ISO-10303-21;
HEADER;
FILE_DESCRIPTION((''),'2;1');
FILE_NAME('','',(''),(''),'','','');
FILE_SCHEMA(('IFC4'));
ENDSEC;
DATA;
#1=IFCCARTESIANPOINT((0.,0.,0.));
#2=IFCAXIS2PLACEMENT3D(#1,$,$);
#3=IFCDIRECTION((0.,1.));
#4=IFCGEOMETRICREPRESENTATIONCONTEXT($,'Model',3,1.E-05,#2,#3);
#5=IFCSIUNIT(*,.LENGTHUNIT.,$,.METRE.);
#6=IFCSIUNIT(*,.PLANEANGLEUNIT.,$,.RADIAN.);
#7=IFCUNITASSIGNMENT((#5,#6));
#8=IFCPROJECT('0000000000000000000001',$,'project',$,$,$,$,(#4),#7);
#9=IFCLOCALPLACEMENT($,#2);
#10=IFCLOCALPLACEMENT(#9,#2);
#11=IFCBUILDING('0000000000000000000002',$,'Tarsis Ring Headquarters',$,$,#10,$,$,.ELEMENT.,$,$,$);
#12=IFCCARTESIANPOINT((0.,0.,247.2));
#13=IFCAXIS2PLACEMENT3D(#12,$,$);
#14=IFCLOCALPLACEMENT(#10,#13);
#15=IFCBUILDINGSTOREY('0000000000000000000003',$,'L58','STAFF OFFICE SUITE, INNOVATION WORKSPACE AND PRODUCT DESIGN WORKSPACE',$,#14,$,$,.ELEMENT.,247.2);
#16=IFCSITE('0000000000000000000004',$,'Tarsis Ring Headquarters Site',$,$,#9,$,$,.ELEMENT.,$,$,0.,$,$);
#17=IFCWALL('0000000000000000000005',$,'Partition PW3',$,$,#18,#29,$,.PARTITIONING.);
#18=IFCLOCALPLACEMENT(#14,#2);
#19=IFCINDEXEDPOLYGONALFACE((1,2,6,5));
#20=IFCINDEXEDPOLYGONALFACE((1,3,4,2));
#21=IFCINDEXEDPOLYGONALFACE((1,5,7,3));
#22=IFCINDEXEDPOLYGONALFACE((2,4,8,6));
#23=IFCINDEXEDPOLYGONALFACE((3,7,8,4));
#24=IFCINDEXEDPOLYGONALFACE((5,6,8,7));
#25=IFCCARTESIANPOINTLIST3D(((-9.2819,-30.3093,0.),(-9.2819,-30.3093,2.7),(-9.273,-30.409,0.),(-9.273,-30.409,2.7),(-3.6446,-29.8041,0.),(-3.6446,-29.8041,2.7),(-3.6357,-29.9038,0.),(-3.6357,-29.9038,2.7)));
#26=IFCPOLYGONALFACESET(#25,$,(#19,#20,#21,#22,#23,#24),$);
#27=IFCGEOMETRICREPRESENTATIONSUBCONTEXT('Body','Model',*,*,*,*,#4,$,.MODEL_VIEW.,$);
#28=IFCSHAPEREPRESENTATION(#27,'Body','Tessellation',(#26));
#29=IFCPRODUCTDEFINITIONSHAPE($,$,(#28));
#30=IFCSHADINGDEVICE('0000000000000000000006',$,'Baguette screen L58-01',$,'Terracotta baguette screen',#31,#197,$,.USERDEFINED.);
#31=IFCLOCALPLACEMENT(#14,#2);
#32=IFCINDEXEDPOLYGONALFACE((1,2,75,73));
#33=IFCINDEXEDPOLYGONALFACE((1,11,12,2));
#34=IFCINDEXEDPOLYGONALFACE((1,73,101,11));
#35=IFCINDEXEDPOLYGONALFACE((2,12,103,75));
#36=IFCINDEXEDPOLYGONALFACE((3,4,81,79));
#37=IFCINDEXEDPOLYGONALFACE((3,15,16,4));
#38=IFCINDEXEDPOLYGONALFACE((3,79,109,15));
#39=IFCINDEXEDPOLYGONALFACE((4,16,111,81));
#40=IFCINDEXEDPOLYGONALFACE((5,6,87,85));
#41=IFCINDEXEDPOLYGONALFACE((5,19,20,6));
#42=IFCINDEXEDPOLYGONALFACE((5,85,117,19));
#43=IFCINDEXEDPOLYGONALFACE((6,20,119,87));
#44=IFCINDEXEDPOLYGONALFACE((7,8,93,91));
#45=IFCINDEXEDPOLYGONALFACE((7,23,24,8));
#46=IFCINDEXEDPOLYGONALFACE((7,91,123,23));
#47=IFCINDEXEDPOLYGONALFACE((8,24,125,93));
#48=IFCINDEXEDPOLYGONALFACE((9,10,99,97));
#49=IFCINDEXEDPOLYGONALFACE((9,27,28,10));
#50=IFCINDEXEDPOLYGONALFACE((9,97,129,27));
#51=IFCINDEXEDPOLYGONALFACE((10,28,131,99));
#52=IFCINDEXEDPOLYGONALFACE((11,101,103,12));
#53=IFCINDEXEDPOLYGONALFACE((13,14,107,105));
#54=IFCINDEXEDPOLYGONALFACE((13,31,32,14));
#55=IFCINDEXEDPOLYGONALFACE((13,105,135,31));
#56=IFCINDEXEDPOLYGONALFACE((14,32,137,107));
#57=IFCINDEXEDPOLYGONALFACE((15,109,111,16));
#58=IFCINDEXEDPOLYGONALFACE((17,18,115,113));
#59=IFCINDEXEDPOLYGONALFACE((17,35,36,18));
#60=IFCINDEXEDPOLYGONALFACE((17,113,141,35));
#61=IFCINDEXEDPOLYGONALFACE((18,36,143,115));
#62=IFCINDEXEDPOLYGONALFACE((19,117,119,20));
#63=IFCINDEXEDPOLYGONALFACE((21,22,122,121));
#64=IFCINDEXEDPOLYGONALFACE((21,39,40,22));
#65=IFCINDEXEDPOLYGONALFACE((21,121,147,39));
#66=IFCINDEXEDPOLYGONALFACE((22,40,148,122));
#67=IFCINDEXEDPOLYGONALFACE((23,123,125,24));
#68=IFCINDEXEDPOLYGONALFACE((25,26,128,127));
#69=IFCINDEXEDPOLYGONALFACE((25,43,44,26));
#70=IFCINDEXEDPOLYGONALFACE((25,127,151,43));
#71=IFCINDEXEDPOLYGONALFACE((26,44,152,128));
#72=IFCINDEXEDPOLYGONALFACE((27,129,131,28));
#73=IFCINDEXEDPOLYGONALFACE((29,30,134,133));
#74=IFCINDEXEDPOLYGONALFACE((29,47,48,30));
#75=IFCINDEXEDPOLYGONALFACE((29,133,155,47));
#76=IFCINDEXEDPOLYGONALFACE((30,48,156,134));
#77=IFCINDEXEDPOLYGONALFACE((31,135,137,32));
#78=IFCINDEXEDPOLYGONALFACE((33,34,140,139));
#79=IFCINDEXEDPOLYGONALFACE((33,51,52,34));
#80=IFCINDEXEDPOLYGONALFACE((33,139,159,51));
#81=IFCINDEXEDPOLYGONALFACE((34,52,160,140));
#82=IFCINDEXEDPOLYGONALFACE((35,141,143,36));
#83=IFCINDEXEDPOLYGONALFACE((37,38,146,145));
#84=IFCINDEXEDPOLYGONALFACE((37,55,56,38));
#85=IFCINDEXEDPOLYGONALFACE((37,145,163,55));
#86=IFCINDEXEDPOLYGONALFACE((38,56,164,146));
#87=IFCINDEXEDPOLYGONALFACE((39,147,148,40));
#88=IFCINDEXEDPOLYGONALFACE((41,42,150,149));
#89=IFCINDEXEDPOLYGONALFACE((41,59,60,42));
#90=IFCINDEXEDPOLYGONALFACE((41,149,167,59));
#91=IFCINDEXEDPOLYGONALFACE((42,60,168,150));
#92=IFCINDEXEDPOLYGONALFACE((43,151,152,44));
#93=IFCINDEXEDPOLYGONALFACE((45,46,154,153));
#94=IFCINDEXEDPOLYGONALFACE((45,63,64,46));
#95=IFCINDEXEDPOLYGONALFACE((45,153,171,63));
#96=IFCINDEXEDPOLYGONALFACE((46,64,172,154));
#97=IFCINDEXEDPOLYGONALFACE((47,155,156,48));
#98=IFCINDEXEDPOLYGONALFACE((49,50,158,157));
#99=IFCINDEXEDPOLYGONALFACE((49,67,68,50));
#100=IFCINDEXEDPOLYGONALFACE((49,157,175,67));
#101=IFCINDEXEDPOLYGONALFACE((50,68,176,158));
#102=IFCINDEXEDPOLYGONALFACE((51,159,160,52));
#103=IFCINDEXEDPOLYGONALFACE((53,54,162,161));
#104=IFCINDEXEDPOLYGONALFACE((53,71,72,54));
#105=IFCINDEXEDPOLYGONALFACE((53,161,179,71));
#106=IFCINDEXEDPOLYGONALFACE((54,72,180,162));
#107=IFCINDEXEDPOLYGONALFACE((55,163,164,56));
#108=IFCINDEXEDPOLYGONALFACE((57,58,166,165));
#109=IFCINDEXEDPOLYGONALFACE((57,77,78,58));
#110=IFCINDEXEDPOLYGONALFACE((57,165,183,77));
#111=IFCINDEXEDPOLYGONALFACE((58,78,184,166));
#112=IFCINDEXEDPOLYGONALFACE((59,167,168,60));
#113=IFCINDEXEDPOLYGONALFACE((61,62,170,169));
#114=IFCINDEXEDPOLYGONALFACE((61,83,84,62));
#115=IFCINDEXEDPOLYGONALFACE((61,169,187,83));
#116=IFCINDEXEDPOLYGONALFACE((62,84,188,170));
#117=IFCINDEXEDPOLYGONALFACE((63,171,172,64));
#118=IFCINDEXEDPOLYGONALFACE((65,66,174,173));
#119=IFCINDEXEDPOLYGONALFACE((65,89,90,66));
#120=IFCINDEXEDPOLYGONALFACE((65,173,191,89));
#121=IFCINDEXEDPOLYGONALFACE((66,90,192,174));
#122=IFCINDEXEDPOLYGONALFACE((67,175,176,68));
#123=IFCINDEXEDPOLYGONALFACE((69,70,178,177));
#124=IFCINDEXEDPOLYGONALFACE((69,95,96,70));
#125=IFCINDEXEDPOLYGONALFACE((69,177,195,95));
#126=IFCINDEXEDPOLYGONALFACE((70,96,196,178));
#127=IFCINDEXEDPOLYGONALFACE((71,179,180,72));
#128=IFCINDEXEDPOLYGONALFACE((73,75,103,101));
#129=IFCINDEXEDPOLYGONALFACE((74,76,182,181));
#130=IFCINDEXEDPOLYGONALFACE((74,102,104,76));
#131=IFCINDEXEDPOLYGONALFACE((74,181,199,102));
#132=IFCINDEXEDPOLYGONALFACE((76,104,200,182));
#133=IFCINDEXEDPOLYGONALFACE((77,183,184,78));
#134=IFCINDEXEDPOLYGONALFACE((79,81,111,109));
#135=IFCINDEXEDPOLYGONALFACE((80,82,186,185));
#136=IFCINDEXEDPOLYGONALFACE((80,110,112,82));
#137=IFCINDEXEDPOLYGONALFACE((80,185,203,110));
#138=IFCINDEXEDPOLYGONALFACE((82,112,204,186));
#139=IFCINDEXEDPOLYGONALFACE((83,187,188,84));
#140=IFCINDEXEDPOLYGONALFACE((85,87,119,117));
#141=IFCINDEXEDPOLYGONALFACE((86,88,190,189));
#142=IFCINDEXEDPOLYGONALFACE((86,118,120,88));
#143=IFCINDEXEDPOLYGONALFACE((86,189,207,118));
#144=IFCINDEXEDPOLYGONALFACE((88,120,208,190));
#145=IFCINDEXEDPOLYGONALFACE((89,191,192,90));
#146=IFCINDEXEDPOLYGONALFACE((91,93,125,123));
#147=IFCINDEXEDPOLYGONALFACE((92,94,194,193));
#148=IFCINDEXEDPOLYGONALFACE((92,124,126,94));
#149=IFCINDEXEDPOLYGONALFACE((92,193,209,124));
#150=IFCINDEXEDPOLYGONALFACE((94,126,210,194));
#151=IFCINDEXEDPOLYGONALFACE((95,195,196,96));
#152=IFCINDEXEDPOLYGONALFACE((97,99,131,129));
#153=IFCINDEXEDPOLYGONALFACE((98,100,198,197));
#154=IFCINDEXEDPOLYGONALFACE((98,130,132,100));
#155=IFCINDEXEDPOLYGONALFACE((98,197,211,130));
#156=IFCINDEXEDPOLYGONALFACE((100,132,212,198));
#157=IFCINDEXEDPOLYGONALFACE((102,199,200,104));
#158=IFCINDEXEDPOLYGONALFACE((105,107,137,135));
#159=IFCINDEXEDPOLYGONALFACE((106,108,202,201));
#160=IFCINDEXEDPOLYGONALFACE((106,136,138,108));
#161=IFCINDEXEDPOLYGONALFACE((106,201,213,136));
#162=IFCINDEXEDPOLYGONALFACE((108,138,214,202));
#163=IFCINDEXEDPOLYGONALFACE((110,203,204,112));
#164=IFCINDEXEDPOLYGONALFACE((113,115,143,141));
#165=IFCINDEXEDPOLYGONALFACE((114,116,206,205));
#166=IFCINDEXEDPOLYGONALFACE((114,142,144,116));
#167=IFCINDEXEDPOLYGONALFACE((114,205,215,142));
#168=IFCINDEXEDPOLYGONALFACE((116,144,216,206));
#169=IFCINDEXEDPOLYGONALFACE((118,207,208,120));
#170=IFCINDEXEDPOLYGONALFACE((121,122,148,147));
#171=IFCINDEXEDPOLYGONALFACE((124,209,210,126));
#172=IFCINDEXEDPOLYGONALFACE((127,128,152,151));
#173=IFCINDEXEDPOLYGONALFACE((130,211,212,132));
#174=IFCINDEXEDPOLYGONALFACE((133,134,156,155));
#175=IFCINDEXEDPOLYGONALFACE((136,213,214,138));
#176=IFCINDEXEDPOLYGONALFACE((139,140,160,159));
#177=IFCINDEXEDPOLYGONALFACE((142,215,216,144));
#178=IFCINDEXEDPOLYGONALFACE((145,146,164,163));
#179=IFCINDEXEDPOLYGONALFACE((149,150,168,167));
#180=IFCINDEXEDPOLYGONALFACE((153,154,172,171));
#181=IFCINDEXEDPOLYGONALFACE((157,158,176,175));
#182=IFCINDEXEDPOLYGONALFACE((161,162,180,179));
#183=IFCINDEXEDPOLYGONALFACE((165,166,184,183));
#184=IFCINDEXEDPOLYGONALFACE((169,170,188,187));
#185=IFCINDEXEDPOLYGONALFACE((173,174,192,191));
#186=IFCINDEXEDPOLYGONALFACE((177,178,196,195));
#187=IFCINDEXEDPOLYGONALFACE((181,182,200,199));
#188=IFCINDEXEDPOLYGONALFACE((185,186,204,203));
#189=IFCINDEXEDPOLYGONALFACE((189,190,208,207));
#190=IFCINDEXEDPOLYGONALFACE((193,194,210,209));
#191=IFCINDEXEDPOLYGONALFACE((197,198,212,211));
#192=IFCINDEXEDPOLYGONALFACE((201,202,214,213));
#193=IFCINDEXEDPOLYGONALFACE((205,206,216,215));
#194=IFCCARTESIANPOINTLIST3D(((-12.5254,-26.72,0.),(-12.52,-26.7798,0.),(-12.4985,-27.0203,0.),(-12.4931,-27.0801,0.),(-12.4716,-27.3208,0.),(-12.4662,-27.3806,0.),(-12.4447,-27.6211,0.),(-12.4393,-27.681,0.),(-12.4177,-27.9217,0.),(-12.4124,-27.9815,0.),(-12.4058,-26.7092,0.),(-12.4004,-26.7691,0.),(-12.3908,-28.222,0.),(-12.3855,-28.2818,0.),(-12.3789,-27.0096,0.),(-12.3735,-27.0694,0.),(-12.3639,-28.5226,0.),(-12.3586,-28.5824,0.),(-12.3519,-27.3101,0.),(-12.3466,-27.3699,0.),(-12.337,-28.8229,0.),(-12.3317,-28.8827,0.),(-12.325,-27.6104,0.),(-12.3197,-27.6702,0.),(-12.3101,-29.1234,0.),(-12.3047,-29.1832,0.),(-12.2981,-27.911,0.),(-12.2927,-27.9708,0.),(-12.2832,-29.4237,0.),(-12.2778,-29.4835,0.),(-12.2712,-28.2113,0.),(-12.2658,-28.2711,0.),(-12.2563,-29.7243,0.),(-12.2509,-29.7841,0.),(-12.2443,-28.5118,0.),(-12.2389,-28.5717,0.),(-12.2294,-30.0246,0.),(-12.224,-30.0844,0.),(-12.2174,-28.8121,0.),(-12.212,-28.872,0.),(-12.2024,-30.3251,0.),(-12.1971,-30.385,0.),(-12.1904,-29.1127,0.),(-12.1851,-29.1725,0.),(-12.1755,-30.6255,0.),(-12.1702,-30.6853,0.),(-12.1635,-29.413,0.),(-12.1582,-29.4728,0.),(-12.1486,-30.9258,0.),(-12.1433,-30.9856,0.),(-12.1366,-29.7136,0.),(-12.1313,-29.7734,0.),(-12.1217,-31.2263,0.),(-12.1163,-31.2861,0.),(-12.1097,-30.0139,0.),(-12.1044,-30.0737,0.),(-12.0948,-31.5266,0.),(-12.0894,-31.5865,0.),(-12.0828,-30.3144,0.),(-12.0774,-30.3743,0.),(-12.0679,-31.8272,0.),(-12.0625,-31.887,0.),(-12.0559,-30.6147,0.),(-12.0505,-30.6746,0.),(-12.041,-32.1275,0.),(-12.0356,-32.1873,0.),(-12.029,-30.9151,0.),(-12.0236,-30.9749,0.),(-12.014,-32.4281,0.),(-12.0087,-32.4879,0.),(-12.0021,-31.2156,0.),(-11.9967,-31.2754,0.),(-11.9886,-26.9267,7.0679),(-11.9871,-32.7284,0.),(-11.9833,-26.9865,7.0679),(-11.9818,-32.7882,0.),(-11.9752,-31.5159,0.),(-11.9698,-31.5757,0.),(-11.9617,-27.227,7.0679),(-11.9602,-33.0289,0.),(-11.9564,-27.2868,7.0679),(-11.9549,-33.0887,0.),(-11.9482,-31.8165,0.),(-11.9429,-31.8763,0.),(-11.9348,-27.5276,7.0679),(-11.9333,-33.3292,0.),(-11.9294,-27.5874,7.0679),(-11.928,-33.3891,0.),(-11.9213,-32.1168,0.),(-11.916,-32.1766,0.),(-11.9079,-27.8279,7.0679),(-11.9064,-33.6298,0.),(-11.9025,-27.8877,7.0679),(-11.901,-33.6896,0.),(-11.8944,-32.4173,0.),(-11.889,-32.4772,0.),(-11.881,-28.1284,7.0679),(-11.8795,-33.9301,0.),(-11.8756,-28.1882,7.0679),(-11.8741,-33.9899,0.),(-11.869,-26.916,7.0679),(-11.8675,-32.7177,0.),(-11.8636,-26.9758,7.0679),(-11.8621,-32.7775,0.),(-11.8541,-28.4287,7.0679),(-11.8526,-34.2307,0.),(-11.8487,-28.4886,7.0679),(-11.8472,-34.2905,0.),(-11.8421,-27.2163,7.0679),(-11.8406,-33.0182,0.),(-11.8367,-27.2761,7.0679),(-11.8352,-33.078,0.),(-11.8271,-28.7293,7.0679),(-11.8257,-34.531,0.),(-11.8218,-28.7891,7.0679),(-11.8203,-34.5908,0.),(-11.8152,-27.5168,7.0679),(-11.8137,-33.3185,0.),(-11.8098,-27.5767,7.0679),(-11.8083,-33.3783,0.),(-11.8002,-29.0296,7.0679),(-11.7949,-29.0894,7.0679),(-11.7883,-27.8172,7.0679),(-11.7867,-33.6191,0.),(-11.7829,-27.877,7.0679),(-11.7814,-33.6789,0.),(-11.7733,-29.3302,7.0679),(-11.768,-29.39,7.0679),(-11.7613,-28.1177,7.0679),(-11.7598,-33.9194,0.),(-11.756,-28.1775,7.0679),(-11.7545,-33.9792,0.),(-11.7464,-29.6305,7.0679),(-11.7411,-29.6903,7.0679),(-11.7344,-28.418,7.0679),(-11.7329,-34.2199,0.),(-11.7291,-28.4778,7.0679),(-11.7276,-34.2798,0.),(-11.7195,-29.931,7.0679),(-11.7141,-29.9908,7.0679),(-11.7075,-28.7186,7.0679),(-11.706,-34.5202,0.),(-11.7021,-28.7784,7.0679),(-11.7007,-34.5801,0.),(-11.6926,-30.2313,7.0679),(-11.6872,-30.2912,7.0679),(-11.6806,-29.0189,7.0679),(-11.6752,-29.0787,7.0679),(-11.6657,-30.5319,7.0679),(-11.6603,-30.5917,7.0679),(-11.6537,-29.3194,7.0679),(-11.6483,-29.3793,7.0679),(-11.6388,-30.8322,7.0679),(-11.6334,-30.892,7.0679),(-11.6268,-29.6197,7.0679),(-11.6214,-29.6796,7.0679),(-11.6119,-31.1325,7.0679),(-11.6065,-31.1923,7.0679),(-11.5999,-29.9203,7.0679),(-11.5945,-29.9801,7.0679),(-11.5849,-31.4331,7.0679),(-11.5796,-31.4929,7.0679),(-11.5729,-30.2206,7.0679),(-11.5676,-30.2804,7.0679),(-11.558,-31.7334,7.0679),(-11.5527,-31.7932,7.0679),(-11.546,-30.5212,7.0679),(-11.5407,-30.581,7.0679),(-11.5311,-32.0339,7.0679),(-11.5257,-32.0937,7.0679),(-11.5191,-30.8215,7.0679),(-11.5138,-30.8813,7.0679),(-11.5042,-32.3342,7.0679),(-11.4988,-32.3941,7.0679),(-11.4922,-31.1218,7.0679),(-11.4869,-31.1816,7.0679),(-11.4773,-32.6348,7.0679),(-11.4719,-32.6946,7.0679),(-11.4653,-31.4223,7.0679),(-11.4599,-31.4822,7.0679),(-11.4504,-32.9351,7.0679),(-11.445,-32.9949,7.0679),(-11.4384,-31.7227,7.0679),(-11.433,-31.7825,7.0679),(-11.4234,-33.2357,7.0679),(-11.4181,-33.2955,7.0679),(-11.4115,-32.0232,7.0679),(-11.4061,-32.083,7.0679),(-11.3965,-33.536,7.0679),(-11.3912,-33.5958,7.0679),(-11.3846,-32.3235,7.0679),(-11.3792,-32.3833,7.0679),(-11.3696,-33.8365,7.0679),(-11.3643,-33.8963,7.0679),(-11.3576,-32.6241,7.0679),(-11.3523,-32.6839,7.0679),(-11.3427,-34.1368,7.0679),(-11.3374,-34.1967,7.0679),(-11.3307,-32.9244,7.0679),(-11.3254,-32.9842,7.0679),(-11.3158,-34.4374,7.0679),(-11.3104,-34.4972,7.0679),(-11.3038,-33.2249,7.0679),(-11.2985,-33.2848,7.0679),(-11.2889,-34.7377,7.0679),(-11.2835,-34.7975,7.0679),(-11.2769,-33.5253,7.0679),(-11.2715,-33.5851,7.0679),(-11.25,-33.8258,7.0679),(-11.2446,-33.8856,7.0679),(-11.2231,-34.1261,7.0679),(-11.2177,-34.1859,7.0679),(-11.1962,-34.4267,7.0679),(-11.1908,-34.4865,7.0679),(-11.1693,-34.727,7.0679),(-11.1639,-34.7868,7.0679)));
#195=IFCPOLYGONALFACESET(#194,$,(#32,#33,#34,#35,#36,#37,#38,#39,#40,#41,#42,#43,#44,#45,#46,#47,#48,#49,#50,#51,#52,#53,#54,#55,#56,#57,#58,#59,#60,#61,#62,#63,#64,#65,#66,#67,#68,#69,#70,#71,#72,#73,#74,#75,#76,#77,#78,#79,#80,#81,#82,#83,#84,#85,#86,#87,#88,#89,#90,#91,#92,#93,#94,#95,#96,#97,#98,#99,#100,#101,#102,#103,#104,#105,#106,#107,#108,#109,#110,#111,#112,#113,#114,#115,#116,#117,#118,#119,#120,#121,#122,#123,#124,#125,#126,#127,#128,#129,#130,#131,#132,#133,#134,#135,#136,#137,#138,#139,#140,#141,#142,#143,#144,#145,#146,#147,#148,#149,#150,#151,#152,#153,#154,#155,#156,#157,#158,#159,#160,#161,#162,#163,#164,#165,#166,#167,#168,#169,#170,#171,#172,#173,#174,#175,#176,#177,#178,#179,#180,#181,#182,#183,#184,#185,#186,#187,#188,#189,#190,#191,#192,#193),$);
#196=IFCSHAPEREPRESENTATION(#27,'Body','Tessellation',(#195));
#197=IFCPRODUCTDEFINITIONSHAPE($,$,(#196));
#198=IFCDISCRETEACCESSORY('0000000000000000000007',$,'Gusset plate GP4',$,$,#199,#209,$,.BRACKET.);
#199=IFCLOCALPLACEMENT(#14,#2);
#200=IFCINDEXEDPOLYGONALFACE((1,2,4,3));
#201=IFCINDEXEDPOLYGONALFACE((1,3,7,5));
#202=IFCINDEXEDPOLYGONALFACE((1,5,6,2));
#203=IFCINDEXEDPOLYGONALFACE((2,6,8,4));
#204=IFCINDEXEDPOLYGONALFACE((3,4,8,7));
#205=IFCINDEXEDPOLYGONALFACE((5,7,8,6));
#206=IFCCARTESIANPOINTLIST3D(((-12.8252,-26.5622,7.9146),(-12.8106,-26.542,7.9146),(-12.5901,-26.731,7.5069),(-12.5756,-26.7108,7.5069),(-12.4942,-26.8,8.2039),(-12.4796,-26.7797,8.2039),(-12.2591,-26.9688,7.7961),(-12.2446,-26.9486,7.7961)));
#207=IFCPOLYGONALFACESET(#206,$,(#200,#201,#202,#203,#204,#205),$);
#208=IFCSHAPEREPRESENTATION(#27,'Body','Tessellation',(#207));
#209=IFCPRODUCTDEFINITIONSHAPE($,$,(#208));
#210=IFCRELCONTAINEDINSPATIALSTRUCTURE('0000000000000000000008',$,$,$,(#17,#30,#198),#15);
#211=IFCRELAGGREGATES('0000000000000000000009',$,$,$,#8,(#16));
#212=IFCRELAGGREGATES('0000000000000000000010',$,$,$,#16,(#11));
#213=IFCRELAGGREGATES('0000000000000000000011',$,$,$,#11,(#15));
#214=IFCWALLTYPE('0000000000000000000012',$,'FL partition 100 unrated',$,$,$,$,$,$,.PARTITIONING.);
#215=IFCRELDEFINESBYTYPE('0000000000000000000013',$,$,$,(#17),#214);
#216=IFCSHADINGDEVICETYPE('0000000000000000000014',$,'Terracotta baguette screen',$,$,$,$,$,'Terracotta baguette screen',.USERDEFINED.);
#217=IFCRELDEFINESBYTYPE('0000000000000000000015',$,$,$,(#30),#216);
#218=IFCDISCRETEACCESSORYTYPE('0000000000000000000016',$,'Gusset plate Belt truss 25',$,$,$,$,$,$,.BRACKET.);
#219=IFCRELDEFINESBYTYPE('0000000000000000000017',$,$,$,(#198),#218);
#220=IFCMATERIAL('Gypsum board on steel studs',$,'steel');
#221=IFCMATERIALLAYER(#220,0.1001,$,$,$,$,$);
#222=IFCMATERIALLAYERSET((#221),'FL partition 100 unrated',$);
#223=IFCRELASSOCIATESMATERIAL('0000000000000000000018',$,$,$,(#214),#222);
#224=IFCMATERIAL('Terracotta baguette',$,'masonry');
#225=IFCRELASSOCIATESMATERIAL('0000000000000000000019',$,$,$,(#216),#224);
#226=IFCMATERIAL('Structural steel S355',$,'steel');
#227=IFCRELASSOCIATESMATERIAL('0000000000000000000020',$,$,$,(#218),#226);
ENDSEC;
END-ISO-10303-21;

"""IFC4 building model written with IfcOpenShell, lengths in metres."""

from ifc_helpers import new_model, si_unit, direction, frame, frame_2d, origin, origin_2d, place, context, subcontext, project, spatial, rectangle, composite_profile, extrude, material, layer, layer_set, material_profile, profile_set, type_object, element, save


model = new_model("IFC4")

# Units and contexts
model_context = context("Model", 3, precision=1e-05, world=origin(), true_north=direction((0.0, 1.0)))
body_context = subcontext(model_context, "Body", "Model", "MODEL_VIEW")
ifc_project = project(units=[si_unit("LENGTHUNIT", "METRE"), si_unit("PLANEANGLEUNIT", "RADIAN")], contexts=[model_context])

# Site, building, storey
site_placement = place(None, origin())
site = spatial("IfcSite", under=ifc_project, at=site_placement, Name="Tarsis Ring Headquarters Site", CompositionType="ELEMENT", RefElevation=0.0)
building_placement = place(site_placement, origin())
building = spatial("IfcBuilding", under=site, at=building_placement, Name="Tarsis Ring Headquarters", CompositionType="ELEMENT")
storey_placement = place(building_placement, frame((0.0, 0.0, 247.2)))
storey = spatial("IfcBuildingStorey", under=building, at=storey_placement, Name="L58", Description="STAFF OFFICE SUITE, INNOVATION WORKSPACE AND PRODUCT DESIGN WORKSPACE", CompositionType="ELEMENT", Elevation=247.2)

# Shared definitions
ifc_material_1 = material(Name="Structural steel S355", Category="steel")

# Wall
ifc_material_2 = material(Name="Gypsum board on steel studs", Category="steel")
ifc_layer_1 = layer(ifc_material_2, 0.1001)
ifc_layer_set_1 = layer_set([ifc_layer_1], Name="FL partition 100 unrated")
wall_type = type_object("IfcWallType", Name="FL partition 100 unrated", PredefinedType="PARTITIONING", material=ifc_layer_set_1)
wall_placement = place(storey_placement, frame((-9.2776, -30.3591, 0.0), z_axis=(0.0, 0.0, 1.0), x_axis=(0.996009, 0.089248, 0.0)))
element("IfcWall", 1, at=wall_placement, inside=storey, type_object=wall_type, Name="Partition PW3", PredefinedType="PARTITIONING", context=body_context, shape_type="SweptSolid", body=[
    extrude(rectangle(XDim=5.6599, YDim=0.1001, at=frame_2d((2.8301, 0.0))), origin(), (0.0, 0.0, 1.0), 2.7),
])

# Shading device
ifc_material_3 = material(Name="Terracotta baguette", Category="masonry")
shading_device_type = type_object("IfcShadingDeviceType", Name="Terracotta baguette screen", ElementType="Terracotta baguette screen", PredefinedType="USERDEFINED", material=ifc_material_3)
shading_device_placement = place(storey_placement, frame((-12.4656, -26.7146, 0.0), z_axis=(0.0, 0.0, 1.0), x_axis=(0.089227, -0.996014, 0.0)))
element("IfcShadingDevice", 2, at=shading_device_placement, inside=storey, type_object=shading_device_type, Name="Baguette screen L58-01", ObjectType="Terracotta baguette screen", PredefinedType="USERDEFINED", context=body_context, shape_type="SweptSolid", body=[
    extrude(composite_profile([rectangle(XDim=0.0601, YDim=0.1201, at=frame_2d((0.03, 0.0))), rectangle(XDim=0.0601, YDim=0.1201, at=frame_2d((0.3315, 0.0))), rectangle(XDim=0.0601, YDim=0.1201, at=frame_2d((0.6333, 0.0))), rectangle(XDim=0.0601, YDim=0.1201, at=frame_2d((0.9348, 0.0))), rectangle(XDim=0.0601, YDim=0.1201, at=frame_2d((1.2366, 0.0))), rectangle(XDim=0.0601, YDim=0.1201, at=frame_2d((1.5381, 0.0))), rectangle(XDim=0.0601, YDim=0.1201, at=frame_2d((1.8398, 0.0))), rectangle(XDim=0.0601, YDim=0.1201, at=frame_2d((2.1414, 0.0))), rectangle(XDim=0.0601, YDim=0.1201, at=frame_2d((2.4431, 0.0))), rectangle(XDim=0.0601, YDim=0.1201, at=frame_2d((2.7446, 0.0))), rectangle(XDim=0.0601, YDim=0.1201, at=frame_2d((3.0464, 0.0))), rectangle(XDim=0.0601, YDim=0.1201, at=frame_2d((3.3479, 0.0))), rectangle(XDim=0.0601, YDim=0.1201, at=frame_2d((3.6497, 0.0))), rectangle(XDim=0.0601, YDim=0.1201, at=frame_2d((3.9512, 0.0))), rectangle(XDim=0.0601, YDim=0.1201, at=frame_2d((4.2527, 0.0))), rectangle(XDim=0.0601, YDim=0.1201, at=frame_2d((4.5544, 0.0))), rectangle(XDim=0.0601, YDim=0.1201, at=frame_2d((4.856, 0.0))), rectangle(XDim=0.0601, YDim=0.1201, at=frame_2d((5.1577, 0.0))), rectangle(XDim=0.0601, YDim=0.1201, at=frame_2d((5.4592, 0.0))), rectangle(XDim=0.0601, YDim=0.1201, at=frame_2d((5.761, 0.0))), rectangle(XDim=0.0601, YDim=0.1201, at=frame_2d((6.0625, 0.0))), rectangle(XDim=0.0601, YDim=0.1201, at=frame_2d((6.3643, 0.0))), rectangle(XDim=0.0601, YDim=0.1201, at=frame_2d((6.6658, 0.0))), rectangle(XDim=0.0601, YDim=0.1201, at=frame_2d((6.9675, 0.0))), rectangle(XDim=0.0601, YDim=0.1201, at=frame_2d((7.269, 0.0))), rectangle(XDim=0.0601, YDim=0.1201, at=frame_2d((7.5708, 0.0))), rectangle(XDim=0.0601, YDim=0.1201, at=frame_2d((7.8723, 0.0)))]), origin(), (0.035791, 0.07279, 0.996705), 7.0913),
])

# Discrete accessory
ifc_material_profile_1 = material_profile(ifc_material_1, rectangle(XDim=0.0249, YDim=0.5, at=origin_2d()), Name="PL 25x500")
ifc_profile_set_1 = profile_set([ifc_material_profile_1], Name="Structural steel S355")
discrete_accessory_type = type_object("IfcDiscreteAccessoryType", Name="Gusset plate Belt truss 25", PredefinedType="BRACKET", material=ifc_profile_set_1)
discrete_accessory_1_placement = place(storey_placement, frame((-12.3694, -26.8743, 8.0), z_axis=(-0.66232, 0.475737, -0.578797), x_axis=(-0.583389, -0.812193, 0.0)))
element("IfcDiscreteAccessory", 3, at=discrete_accessory_1_placement, inside=storey, type_object=discrete_accessory_type, Name="Gusset plate GP4", PredefinedType="BRACKET", context=body_context, shape_type="SweptSolid", body=[
    extrude(rectangle(XDim=0.0249, YDim=0.5, at=origin_2d()), origin(), (0.0, 0.0, 1.0), 0.4998),
])

save(model, "model.ifc")
